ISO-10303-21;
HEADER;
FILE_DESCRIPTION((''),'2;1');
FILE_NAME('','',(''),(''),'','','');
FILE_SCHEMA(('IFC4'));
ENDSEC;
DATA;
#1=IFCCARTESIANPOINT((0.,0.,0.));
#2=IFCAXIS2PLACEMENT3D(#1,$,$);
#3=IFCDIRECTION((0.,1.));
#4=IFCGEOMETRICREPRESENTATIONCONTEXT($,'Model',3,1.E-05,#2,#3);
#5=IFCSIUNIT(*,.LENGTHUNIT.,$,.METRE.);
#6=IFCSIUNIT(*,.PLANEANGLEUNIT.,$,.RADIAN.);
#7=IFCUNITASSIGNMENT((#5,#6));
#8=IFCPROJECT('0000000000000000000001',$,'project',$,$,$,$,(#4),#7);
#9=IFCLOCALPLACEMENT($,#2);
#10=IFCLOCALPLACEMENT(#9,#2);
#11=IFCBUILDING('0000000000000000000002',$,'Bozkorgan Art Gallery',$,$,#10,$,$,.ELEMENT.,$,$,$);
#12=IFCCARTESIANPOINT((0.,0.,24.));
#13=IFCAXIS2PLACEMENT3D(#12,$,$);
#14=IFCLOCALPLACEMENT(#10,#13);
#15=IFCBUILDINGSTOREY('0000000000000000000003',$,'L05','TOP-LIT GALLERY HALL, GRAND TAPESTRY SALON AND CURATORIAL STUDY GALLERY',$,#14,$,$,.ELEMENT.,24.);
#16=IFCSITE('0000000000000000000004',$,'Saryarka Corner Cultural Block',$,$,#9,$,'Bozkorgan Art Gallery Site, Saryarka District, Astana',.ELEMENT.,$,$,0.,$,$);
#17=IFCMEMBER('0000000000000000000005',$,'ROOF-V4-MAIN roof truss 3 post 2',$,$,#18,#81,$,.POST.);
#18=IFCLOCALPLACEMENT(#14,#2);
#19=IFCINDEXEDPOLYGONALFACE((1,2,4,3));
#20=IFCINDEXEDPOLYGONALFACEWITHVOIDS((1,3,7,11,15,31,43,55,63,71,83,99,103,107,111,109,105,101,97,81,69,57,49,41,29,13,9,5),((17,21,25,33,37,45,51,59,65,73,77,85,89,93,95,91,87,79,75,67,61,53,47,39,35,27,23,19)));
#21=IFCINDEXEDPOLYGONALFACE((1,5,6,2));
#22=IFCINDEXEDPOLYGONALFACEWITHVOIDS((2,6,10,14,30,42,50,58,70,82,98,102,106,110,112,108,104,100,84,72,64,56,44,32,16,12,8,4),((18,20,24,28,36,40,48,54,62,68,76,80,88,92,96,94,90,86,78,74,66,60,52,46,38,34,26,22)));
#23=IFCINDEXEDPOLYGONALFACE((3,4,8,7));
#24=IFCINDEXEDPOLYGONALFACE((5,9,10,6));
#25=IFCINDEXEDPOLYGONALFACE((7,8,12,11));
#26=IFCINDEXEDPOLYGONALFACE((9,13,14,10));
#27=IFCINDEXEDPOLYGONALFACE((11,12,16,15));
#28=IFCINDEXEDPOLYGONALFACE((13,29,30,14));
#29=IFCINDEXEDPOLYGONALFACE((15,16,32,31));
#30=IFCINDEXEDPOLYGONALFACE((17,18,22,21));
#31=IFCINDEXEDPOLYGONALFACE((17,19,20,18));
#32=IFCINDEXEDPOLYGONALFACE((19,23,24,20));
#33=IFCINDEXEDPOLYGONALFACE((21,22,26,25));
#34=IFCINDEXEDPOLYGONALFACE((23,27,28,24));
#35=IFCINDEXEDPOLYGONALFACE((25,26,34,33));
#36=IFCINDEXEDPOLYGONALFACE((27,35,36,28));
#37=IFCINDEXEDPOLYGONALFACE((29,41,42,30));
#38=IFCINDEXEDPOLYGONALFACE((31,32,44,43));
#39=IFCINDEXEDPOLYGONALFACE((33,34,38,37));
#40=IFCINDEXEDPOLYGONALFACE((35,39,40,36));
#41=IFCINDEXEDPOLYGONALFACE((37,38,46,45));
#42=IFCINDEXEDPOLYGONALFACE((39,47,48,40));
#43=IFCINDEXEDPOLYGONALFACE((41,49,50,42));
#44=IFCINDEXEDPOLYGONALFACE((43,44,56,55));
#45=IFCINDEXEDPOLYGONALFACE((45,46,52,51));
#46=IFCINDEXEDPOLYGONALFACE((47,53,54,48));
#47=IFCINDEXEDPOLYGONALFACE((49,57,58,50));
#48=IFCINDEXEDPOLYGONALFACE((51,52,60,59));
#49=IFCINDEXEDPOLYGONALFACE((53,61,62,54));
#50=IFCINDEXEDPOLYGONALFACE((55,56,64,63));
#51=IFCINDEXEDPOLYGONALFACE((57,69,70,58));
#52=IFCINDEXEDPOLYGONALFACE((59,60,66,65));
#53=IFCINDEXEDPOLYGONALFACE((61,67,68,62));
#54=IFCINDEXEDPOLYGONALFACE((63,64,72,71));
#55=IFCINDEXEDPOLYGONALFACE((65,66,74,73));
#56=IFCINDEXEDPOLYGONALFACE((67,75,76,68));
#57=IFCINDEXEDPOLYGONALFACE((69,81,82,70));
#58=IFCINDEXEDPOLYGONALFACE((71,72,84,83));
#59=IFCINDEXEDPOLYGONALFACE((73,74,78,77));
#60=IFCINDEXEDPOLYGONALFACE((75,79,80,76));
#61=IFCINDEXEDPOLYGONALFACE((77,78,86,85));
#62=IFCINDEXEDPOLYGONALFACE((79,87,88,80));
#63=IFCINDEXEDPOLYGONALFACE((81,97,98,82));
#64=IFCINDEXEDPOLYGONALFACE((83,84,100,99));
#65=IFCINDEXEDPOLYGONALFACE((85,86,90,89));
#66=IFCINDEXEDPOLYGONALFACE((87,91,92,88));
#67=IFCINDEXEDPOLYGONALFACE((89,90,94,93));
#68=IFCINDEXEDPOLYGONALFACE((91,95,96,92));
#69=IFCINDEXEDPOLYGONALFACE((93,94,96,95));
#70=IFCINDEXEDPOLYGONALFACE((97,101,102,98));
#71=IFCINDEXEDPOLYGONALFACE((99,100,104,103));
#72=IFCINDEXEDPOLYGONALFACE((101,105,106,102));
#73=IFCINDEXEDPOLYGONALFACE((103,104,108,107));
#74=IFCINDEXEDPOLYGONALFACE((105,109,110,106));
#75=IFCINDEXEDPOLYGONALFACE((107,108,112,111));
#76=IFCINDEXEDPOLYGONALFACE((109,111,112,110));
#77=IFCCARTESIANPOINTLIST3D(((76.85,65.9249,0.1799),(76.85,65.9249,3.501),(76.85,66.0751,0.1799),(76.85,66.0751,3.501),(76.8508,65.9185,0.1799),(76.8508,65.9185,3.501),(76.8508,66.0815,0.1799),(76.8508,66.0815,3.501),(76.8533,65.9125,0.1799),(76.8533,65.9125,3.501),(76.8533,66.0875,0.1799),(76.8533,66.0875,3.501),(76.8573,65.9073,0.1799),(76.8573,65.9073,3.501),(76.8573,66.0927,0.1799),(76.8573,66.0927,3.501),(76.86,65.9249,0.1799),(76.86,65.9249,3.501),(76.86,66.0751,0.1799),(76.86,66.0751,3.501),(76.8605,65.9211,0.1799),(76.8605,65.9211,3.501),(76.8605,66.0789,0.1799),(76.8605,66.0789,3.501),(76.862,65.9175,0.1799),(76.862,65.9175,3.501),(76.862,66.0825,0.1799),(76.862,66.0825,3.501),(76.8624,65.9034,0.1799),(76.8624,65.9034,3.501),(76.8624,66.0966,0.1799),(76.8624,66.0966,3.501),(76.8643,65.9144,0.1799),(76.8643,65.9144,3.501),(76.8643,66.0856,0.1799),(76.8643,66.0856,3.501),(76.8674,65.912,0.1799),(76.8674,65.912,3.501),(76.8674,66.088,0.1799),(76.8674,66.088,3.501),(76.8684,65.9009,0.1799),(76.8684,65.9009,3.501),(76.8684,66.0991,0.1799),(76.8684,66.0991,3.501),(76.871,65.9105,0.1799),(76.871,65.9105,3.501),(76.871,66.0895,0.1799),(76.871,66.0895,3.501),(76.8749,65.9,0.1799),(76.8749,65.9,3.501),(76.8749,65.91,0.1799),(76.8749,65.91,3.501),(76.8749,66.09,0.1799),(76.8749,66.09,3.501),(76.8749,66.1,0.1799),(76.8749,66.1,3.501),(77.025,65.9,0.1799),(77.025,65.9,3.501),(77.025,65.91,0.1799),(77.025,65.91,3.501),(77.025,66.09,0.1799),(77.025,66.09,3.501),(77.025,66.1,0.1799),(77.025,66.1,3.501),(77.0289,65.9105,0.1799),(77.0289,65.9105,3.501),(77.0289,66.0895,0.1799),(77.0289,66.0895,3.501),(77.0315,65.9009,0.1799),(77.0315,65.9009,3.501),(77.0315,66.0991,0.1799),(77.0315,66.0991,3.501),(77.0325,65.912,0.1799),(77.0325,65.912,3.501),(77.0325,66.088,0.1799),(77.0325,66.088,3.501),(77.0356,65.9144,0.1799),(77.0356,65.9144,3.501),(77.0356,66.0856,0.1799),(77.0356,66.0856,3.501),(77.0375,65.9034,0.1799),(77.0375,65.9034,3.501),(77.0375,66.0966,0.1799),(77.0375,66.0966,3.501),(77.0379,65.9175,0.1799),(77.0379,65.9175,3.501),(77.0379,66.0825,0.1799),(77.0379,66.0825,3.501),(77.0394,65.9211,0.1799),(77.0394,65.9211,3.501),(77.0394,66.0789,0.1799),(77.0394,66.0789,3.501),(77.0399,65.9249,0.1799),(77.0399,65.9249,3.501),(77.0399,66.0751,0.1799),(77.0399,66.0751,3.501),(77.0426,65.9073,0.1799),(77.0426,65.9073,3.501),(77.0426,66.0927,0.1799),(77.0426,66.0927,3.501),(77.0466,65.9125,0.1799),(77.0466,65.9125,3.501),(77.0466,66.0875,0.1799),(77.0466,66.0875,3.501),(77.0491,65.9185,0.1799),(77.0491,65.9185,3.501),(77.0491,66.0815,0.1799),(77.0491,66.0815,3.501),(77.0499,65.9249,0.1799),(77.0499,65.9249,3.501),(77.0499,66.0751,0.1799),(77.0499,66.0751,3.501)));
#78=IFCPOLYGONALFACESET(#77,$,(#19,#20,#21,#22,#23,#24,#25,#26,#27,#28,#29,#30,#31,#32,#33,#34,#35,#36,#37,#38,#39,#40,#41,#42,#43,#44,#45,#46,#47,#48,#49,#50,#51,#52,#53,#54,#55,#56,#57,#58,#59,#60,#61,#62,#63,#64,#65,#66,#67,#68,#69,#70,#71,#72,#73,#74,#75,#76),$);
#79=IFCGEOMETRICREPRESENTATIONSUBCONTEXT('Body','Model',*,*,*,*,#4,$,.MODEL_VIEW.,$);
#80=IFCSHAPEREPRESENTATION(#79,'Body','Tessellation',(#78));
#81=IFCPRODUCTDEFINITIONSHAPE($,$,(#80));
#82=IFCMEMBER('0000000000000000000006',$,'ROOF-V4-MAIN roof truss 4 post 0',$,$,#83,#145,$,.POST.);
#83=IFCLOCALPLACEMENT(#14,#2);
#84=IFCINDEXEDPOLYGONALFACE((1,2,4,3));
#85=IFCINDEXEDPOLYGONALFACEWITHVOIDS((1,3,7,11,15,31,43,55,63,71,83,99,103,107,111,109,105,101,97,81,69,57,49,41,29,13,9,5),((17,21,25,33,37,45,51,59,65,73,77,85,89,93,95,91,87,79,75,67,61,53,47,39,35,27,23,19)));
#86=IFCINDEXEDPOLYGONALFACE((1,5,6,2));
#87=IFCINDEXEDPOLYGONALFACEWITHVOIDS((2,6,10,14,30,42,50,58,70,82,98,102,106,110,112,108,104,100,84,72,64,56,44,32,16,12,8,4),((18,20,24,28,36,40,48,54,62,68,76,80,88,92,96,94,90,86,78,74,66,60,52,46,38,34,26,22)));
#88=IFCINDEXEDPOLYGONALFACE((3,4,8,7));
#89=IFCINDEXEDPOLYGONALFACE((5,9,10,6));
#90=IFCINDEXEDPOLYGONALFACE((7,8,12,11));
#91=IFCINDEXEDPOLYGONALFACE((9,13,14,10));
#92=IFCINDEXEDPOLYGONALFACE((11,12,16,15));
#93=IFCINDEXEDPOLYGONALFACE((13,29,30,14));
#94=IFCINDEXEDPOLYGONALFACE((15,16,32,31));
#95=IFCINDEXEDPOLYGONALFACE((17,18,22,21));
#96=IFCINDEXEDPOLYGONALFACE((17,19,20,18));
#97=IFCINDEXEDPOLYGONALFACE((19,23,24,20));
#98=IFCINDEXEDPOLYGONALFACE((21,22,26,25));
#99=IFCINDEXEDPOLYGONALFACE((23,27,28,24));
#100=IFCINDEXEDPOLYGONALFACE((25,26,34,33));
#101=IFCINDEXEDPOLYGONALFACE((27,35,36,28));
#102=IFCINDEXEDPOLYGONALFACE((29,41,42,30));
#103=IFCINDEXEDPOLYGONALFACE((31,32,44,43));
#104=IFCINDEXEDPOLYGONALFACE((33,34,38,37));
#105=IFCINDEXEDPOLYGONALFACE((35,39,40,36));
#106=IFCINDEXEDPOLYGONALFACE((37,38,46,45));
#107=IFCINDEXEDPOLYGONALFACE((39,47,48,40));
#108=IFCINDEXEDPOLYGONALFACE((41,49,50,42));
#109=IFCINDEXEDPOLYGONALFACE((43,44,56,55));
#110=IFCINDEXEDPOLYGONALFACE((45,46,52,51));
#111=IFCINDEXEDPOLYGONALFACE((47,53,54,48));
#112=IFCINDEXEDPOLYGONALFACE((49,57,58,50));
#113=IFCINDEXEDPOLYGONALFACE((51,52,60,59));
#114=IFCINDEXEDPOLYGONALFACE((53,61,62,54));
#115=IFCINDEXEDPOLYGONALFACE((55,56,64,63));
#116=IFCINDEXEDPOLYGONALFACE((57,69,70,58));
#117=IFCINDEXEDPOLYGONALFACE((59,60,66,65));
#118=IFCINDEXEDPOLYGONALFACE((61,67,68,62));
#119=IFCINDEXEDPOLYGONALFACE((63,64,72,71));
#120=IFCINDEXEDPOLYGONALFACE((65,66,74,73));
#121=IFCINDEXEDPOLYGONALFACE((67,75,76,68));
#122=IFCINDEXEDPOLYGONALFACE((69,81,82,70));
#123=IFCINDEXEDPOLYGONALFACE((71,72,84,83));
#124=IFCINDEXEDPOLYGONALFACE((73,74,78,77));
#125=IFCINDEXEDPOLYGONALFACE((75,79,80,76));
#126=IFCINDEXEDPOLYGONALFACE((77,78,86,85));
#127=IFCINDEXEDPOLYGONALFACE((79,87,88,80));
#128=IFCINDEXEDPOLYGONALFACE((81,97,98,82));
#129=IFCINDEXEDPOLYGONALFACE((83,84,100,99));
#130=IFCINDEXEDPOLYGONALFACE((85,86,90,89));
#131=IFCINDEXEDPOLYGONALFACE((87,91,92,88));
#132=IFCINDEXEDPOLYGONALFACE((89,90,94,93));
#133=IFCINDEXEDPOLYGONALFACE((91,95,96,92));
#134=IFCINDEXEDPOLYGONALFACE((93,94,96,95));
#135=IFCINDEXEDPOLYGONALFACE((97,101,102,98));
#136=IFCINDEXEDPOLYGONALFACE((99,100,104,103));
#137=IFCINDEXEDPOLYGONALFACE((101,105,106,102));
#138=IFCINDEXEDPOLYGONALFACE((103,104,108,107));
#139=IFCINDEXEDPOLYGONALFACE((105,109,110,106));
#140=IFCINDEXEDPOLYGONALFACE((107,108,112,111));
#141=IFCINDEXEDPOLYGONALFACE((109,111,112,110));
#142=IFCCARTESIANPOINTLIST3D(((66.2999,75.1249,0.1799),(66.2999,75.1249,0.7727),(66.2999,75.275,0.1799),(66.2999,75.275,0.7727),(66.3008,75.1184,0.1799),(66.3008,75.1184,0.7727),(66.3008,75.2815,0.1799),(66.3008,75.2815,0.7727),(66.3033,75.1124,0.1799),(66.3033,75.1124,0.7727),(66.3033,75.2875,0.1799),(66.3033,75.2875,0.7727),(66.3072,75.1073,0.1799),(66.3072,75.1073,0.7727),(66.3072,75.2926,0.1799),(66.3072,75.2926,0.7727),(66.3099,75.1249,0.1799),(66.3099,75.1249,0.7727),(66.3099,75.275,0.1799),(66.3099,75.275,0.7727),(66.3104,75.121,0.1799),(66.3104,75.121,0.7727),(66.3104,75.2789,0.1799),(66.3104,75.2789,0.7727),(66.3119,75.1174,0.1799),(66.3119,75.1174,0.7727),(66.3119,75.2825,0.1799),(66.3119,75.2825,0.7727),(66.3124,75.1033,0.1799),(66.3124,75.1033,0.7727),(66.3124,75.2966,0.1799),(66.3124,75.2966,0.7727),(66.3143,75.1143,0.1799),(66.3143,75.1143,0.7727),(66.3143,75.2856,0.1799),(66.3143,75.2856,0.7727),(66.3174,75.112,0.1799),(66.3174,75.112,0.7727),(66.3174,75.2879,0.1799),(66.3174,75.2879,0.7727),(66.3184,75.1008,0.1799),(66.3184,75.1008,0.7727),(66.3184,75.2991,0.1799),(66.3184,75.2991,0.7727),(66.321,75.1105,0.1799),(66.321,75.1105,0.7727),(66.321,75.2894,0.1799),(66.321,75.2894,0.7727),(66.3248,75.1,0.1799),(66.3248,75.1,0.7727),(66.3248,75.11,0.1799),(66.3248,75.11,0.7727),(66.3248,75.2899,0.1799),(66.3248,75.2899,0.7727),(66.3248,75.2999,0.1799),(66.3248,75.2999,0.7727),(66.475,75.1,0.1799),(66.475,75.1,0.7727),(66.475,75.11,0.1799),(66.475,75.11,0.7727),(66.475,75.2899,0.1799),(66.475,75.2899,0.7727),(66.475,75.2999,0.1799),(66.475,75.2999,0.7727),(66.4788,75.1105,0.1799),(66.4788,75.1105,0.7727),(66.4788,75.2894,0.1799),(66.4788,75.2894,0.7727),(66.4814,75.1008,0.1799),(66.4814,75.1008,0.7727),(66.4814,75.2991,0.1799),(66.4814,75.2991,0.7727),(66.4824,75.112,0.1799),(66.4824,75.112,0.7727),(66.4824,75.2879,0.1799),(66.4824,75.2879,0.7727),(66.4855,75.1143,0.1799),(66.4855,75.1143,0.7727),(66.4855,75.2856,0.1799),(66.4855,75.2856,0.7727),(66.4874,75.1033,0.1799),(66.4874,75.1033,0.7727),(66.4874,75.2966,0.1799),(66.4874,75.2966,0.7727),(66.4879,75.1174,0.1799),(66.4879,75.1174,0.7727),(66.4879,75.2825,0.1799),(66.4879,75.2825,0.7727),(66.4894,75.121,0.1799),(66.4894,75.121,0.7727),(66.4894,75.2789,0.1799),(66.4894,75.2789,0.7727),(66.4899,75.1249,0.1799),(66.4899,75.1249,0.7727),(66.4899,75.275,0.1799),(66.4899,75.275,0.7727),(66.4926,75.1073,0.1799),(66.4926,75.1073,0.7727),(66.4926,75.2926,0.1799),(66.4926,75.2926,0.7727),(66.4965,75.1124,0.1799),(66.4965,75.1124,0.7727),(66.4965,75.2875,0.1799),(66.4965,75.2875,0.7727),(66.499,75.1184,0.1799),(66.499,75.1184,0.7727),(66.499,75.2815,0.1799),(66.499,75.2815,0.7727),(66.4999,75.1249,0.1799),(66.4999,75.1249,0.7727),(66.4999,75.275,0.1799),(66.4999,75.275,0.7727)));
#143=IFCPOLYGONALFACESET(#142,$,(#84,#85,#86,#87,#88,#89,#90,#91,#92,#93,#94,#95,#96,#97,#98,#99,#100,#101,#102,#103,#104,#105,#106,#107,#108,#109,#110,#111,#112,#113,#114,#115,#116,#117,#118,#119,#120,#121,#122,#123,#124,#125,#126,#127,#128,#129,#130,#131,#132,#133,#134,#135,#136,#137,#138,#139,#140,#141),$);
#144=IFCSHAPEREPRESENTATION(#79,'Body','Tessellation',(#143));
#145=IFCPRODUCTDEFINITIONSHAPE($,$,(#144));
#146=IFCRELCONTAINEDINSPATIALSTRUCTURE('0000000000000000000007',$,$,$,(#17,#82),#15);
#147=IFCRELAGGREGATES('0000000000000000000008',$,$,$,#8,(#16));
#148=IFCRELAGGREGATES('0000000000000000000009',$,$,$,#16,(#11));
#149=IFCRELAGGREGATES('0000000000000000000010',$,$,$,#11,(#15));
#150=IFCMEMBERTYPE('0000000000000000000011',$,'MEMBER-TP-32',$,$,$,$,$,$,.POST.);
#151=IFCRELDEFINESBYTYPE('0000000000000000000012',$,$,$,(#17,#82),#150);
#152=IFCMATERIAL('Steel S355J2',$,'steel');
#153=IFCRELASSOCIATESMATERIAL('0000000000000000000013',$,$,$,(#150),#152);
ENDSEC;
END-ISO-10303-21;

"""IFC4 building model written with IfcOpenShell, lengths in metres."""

from ifc_helpers import new_model, si_unit, direction, frame, origin, origin_2d, place, context, subcontext, project, spatial, hollow_rectangle, extrude, material, material_profile, profile_set, type_object, element, save


model = new_model("IFC4")

# Units and contexts
model_context = context("Model", 3, precision=1e-05, world=origin(), true_north=direction((0.0, 1.0)))
body_context = subcontext(model_context, "Body", "Model", "MODEL_VIEW")
ifc_project = project(units=[si_unit("LENGTHUNIT", "METRE"), si_unit("PLANEANGLEUNIT", "RADIAN")], contexts=[model_context])

# Site, building, storey
site_placement = place(None, origin())
site = spatial("IfcSite", under=ifc_project, at=site_placement, Name="Saryarka Corner Cultural Block", LongName="Bozkorgan Art Gallery Site, Saryarka District, Astana", CompositionType="ELEMENT", RefElevation=0.0)
building_placement = place(site_placement, origin())
building = spatial("IfcBuilding", under=site, at=building_placement, Name="Bozkorgan Art Gallery", CompositionType="ELEMENT")
storey_placement = place(building_placement, frame((0.0, 0.0, 24.0)))
storey = spatial("IfcBuildingStorey", under=building, at=storey_placement, Name="L05", Description="TOP-LIT GALLERY HALL, GRAND TAPESTRY SALON AND CURATORIAL STUDY GALLERY", CompositionType="ELEMENT", Elevation=24.0)

# Shared definitions
ifc_material_1 = material(Name="Steel S355J2", Category="steel")

# Members
ifc_material_profile_1 = material_profile(ifc_material_1, hollow_rectangle(XDim=0.2, YDim=0.2, WallThickness=0.01, InnerFilletRadius=0.0149, OuterFilletRadius=0.0249, at=origin_2d()), Name="SHS 200x200x10")
ifc_profile_set_1 = profile_set([ifc_material_profile_1], Name="Steel S355J2")
member_type_1 = type_object("IfcMemberType", Name="MEMBER-TP-32", PredefinedType="POST", material=ifc_profile_set_1)
member_1_placement = place(storey_placement, frame((76.95, 66.0, 0.1799), z_axis=(0.0, 0.0, 1.0), x_axis=(1.0, 0.0, 0.0)))
element("IfcMember", 1, at=member_1_placement, inside=storey, type_object=member_type_1, Name="ROOF-V4-MAIN roof truss 3 post 2", PredefinedType="POST", context=body_context, shape_type="SweptSolid", body=[
    extrude(hollow_rectangle(XDim=0.2, YDim=0.2, WallThickness=0.01, InnerFilletRadius=0.0149, OuterFilletRadius=0.0249, at=origin_2d()), origin(), (0.0, 0.0, 1.0), 3.321),
])
member_2_placement = place(storey_placement, frame((66.3999, 75.2, 0.1799), z_axis=(0.0, 0.0, 1.0), x_axis=(1.0, 0.0, 0.0)))
element("IfcMember", 2, at=member_2_placement, inside=storey, type_object=member_type_1, Name="ROOF-V4-MAIN roof truss 4 post 0", PredefinedType="POST", context=body_context, shape_type="SweptSolid", body=[
    extrude(hollow_rectangle(XDim=0.2, YDim=0.2, WallThickness=0.01, InnerFilletRadius=0.0149, OuterFilletRadius=0.0249, at=origin_2d()), origin(), (0.0, 0.0, 1.0), 0.5928),
])

save(model, "model.ifc")
